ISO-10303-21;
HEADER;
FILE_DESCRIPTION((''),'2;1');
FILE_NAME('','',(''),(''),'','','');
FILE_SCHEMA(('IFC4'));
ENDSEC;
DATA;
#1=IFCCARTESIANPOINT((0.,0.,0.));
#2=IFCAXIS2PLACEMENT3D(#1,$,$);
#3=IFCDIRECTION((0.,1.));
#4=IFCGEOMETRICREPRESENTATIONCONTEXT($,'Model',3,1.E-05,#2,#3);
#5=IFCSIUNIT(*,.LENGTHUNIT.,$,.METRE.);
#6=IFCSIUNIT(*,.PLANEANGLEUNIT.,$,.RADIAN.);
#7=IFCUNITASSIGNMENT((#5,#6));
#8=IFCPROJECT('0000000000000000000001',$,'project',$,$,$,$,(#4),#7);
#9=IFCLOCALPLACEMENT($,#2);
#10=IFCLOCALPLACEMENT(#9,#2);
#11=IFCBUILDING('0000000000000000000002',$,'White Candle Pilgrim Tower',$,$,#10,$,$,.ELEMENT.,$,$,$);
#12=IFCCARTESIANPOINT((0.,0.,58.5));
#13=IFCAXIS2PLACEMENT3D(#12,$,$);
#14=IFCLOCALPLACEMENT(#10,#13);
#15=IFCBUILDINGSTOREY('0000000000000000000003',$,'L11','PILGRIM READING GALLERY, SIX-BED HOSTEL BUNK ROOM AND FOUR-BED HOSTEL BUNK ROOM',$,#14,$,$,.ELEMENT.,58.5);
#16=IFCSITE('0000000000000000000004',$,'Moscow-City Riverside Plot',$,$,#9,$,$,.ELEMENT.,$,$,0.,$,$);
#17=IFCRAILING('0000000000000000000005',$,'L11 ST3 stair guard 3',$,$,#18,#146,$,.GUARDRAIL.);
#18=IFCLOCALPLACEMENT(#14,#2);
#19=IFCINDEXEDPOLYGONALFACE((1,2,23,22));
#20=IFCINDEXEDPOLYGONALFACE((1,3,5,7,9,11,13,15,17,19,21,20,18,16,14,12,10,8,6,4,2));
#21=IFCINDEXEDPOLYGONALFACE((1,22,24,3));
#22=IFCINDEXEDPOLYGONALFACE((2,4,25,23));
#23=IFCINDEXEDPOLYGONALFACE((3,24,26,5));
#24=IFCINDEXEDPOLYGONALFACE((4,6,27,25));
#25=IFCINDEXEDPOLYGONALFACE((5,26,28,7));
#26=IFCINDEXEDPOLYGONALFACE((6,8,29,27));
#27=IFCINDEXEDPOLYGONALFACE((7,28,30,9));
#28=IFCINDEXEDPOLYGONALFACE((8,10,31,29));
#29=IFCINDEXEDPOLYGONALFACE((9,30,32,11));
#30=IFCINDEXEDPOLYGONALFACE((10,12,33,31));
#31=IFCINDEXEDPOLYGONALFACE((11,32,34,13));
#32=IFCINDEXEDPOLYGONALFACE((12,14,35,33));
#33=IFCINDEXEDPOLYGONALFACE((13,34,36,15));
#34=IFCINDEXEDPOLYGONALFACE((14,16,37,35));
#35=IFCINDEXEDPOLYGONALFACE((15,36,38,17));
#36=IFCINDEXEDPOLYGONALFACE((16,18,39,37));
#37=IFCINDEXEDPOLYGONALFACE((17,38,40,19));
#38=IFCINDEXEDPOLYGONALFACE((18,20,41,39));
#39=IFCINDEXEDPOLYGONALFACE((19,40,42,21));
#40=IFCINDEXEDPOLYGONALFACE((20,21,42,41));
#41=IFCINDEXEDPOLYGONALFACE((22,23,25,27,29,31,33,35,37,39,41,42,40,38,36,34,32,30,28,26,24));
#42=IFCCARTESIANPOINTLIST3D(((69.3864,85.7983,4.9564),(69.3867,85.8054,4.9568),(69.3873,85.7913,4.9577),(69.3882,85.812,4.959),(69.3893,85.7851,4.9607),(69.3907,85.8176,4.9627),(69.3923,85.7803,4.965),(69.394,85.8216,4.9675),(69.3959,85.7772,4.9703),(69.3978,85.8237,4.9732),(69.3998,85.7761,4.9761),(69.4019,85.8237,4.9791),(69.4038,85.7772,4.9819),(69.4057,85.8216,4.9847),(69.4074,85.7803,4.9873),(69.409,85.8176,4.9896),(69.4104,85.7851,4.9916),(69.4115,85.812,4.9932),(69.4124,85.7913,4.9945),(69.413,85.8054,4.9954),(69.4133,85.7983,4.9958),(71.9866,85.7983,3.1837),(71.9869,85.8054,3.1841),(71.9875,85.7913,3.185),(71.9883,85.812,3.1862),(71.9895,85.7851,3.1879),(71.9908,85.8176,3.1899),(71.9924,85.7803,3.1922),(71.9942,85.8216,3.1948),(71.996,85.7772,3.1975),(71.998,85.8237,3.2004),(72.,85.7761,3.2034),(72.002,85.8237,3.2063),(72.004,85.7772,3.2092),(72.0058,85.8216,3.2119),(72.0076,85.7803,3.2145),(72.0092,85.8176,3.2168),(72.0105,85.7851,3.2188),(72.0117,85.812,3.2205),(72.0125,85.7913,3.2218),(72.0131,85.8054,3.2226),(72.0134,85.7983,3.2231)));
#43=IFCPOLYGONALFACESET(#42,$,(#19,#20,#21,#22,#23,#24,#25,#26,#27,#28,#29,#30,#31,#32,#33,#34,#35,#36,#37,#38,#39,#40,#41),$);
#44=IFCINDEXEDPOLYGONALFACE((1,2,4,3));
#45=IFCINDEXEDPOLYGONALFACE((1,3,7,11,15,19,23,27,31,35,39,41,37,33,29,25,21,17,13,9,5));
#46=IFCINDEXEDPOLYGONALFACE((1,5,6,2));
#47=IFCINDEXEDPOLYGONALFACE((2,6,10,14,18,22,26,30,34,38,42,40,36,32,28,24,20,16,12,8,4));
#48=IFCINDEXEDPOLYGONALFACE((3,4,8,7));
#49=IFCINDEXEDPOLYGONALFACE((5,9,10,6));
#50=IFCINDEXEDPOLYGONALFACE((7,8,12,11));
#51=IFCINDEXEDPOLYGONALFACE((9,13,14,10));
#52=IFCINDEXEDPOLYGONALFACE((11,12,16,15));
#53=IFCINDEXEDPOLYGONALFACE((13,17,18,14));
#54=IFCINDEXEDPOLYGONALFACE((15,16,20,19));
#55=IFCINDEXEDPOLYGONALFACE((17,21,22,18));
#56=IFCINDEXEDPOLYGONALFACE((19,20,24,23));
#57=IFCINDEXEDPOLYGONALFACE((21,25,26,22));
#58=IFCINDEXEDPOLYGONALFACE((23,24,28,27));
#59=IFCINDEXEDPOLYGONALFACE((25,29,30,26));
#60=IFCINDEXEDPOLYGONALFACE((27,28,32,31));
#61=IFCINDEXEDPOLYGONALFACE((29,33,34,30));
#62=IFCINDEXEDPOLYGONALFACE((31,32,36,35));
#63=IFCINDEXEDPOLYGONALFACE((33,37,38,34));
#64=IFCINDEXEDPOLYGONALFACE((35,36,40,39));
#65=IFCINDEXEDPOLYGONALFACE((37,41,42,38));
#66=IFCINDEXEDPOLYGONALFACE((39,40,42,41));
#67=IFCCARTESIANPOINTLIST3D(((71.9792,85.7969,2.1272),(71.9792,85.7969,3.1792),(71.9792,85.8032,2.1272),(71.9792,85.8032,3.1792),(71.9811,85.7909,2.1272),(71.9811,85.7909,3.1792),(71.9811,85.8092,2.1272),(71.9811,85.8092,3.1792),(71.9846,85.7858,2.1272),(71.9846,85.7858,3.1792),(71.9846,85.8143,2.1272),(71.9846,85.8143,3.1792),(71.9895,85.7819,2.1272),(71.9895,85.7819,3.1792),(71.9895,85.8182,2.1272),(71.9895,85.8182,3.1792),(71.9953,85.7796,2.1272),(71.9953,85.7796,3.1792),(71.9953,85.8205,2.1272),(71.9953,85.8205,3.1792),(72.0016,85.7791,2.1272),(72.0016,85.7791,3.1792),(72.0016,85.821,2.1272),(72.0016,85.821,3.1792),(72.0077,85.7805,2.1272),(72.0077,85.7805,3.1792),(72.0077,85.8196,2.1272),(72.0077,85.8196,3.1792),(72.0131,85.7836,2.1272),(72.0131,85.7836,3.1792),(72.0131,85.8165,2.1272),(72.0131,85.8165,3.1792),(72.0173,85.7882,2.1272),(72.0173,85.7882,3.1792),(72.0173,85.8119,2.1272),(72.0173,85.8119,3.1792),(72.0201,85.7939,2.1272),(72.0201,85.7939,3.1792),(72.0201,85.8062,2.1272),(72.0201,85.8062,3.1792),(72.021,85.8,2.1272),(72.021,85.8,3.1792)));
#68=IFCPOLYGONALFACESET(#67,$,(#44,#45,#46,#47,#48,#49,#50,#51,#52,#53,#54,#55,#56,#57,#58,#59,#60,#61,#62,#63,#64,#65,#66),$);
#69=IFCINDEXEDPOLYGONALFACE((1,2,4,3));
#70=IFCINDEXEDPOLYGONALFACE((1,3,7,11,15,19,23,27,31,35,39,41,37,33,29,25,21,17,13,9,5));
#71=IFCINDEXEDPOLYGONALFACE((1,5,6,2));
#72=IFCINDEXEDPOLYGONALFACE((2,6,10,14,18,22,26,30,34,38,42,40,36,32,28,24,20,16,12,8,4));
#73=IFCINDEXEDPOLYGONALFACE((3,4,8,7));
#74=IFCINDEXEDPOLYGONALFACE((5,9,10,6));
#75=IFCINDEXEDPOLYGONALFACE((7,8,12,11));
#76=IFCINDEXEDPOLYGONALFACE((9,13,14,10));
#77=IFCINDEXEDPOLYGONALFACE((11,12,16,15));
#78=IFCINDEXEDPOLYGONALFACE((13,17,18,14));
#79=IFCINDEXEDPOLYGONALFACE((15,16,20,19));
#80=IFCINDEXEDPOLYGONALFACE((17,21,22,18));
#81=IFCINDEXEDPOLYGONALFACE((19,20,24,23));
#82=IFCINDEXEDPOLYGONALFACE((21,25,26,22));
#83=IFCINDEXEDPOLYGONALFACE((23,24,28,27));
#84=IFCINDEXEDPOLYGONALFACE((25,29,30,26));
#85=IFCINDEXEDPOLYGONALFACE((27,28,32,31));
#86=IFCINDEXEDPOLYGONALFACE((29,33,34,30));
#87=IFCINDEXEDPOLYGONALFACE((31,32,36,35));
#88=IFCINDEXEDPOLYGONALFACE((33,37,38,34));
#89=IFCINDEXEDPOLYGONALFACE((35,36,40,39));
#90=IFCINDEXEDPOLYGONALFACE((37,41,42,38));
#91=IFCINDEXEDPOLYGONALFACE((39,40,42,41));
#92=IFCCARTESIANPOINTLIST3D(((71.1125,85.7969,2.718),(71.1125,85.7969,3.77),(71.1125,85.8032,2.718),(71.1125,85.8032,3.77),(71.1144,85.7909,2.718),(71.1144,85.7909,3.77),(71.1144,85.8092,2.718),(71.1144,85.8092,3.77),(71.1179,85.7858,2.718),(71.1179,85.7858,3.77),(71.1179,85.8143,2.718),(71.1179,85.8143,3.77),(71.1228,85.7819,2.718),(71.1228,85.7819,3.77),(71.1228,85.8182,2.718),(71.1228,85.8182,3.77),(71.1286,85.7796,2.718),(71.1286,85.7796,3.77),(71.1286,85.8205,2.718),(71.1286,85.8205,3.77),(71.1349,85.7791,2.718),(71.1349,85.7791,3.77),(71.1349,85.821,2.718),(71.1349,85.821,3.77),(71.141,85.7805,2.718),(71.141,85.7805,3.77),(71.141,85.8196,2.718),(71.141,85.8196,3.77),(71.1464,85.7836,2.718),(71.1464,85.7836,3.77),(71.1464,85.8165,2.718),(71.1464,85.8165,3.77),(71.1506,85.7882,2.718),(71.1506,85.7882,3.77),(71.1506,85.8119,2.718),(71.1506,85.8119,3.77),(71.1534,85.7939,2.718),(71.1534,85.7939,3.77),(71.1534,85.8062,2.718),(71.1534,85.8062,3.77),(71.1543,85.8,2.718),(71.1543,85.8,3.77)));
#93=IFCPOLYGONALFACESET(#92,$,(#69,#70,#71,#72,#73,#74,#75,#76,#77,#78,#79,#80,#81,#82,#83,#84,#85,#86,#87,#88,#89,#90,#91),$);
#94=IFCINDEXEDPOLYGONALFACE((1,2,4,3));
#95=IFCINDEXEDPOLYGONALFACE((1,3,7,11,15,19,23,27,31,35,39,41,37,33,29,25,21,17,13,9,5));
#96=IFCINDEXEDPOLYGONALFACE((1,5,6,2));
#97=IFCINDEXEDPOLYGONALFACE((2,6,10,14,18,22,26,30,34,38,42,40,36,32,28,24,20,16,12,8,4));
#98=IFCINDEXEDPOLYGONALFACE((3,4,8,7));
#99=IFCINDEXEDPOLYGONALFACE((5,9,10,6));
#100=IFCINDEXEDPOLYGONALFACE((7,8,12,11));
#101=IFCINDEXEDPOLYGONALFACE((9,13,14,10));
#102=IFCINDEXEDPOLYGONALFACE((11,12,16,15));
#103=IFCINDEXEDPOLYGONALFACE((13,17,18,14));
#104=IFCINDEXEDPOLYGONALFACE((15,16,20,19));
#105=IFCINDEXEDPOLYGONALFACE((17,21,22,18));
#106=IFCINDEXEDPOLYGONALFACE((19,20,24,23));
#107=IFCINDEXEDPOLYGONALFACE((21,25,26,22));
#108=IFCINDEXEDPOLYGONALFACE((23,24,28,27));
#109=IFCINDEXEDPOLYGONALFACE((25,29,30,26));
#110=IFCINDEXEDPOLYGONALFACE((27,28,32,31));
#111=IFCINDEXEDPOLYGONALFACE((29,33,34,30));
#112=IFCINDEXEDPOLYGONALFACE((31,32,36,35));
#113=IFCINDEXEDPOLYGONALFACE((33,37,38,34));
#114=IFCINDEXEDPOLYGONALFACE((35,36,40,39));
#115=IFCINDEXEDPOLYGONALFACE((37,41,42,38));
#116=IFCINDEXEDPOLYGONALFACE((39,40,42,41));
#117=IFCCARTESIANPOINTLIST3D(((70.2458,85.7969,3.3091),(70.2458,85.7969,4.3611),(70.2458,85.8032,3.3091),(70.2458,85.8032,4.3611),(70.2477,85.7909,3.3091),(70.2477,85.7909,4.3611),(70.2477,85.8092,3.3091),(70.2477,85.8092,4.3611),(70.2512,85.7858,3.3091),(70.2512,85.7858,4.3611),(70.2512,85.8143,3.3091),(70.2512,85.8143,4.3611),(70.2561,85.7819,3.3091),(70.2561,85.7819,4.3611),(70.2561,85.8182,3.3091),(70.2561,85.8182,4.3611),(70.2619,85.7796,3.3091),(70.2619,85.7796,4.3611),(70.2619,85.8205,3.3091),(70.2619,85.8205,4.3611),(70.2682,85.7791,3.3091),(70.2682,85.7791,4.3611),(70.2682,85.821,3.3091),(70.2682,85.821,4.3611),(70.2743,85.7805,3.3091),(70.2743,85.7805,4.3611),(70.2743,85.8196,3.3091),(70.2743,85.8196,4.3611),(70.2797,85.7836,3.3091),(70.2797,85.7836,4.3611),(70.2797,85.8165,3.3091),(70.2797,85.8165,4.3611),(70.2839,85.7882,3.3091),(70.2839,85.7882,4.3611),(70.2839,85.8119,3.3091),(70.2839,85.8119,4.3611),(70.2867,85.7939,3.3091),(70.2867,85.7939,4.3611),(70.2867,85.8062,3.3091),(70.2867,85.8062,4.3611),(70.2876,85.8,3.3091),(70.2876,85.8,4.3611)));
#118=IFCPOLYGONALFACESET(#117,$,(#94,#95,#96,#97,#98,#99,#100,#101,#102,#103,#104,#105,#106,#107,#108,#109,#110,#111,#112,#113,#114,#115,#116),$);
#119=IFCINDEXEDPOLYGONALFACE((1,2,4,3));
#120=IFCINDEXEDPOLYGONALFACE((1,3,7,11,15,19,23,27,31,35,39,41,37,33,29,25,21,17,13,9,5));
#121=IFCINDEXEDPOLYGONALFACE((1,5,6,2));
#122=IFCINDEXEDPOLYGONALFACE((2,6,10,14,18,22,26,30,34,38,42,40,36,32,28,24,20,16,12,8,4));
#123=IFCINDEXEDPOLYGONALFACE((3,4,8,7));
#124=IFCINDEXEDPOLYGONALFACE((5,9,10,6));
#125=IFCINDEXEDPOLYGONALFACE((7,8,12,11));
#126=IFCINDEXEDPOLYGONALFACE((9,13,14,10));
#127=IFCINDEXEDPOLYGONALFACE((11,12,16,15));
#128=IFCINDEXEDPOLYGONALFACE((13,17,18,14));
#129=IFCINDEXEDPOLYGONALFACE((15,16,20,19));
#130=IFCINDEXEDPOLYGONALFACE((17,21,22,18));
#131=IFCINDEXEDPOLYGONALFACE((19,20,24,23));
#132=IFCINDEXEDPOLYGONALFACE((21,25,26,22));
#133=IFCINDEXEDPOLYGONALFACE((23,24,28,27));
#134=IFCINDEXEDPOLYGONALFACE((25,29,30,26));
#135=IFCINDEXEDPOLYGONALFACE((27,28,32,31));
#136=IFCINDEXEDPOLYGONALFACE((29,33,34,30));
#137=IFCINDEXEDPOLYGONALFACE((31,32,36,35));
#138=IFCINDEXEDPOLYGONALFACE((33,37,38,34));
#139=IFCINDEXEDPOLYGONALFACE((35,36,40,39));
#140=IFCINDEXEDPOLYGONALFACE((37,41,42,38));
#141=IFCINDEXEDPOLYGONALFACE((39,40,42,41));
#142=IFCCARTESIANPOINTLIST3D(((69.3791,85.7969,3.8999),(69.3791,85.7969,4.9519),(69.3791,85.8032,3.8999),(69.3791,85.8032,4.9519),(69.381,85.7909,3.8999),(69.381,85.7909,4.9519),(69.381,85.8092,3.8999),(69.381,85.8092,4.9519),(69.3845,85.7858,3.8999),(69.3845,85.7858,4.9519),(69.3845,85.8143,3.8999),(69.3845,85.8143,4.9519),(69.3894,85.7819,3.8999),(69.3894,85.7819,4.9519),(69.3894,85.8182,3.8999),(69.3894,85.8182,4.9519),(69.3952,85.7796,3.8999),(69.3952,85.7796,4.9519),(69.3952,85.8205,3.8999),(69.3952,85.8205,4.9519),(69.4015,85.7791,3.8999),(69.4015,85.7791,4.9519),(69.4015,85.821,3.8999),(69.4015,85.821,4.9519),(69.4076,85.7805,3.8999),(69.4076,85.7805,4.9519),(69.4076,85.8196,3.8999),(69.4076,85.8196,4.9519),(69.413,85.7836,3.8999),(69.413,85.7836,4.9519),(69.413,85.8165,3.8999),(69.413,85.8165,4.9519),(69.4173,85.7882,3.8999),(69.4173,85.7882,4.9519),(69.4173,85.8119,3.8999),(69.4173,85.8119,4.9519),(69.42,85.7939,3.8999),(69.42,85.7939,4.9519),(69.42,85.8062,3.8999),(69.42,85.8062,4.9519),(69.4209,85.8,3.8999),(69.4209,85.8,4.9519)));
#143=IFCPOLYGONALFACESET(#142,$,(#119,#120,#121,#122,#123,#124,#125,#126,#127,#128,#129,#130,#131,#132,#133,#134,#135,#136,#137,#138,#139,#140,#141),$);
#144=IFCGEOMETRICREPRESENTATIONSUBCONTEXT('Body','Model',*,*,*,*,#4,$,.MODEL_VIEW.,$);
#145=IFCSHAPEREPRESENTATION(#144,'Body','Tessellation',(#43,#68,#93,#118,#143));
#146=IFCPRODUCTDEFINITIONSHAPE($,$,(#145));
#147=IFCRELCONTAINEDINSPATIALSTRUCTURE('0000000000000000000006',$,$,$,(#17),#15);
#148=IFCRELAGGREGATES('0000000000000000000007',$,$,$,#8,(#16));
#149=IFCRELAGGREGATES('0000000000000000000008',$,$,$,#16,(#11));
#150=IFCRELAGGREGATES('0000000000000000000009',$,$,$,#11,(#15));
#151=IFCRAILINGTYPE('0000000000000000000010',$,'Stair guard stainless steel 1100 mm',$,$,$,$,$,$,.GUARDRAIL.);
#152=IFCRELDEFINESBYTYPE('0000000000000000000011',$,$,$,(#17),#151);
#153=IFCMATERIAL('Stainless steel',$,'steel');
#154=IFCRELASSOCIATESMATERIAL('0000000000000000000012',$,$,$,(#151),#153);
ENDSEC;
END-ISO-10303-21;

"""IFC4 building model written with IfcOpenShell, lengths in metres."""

from ifc_helpers import new_model, si_unit, direction, frame, origin, origin_2d, place, context, subcontext, project, spatial, circle, extrude, material, type_object, element, save


model = new_model("IFC4")

# Units and contexts
model_context = context("Model", 3, precision=1e-05, world=origin(), true_north=direction((0.0, 1.0)))
body_context = subcontext(model_context, "Body", "Model", "MODEL_VIEW")
ifc_project = project(units=[si_unit("LENGTHUNIT", "METRE"), si_unit("PLANEANGLEUNIT", "RADIAN")], contexts=[model_context])

# Site, building, storey
site_placement = place(None, origin())
site = spatial("IfcSite", under=ifc_project, at=site_placement, Name="Moscow-City Riverside Plot", CompositionType="ELEMENT", RefElevation=0.0)
building_placement = place(site_placement, origin())
building = spatial("IfcBuilding", under=site, at=building_placement, Name="White Candle Pilgrim Tower", CompositionType="ELEMENT")
storey_placement = place(building_placement, frame((0.0, 0.0, 58.5)))
storey = spatial("IfcBuildingStorey", under=building, at=storey_placement, Name="L11", Description="PILGRIM READING GALLERY, SIX-BED HOSTEL BUNK ROOM AND FOUR-BED HOSTEL BUNK ROOM", CompositionType="ELEMENT", Elevation=58.5)

# Railing
ifc_material_1 = material(Name="Stainless steel", Category="steel")
railing_type_1 = type_object("IfcRailingType", Name="Stair guard stainless steel 1100 mm", PredefinedType="GUARDRAIL", material=ifc_material_1)
railing_1_placement = place(storey_placement, frame((72.0, 85.8, 2.1272)))
element("IfcRailing", 1, at=railing_1_placement, inside=storey, type_object=railing_type_1, Name="L11 ST3 stair guard 3", PredefinedType="GUARDRAIL", context=body_context, shape_type="SweptSolid", body=[
    extrude(circle(Radius=0.0239, at=origin_2d()), frame((0.0, 0.0, 1.0762), z_axis=(-0.82624, 0.0, 0.563318), x_axis=(0.0, -1.0, 0.0)), (0.0, 0.0, 1.0), 3.147),
    extrude(circle(Radius=0.021, at=origin_2d()), origin(), (0.0, 0.0, 1.0), 1.052),
    extrude(circle(Radius=0.021, at=origin_2d()), frame((-0.8667, 0.0, 0.5908)), (0.0, 0.0, 1.0), 1.052),
    extrude(circle(Radius=0.021, at=origin_2d()), frame((-1.7334, 0.0, 1.1819)), (0.0, 0.0, 1.0), 1.052),
    extrude(circle(Radius=0.021, at=origin_2d()), frame((-2.6001, 0.0, 1.7727)), (0.0, 0.0, 1.0), 1.052),
])

save(model, "model.ifc")
